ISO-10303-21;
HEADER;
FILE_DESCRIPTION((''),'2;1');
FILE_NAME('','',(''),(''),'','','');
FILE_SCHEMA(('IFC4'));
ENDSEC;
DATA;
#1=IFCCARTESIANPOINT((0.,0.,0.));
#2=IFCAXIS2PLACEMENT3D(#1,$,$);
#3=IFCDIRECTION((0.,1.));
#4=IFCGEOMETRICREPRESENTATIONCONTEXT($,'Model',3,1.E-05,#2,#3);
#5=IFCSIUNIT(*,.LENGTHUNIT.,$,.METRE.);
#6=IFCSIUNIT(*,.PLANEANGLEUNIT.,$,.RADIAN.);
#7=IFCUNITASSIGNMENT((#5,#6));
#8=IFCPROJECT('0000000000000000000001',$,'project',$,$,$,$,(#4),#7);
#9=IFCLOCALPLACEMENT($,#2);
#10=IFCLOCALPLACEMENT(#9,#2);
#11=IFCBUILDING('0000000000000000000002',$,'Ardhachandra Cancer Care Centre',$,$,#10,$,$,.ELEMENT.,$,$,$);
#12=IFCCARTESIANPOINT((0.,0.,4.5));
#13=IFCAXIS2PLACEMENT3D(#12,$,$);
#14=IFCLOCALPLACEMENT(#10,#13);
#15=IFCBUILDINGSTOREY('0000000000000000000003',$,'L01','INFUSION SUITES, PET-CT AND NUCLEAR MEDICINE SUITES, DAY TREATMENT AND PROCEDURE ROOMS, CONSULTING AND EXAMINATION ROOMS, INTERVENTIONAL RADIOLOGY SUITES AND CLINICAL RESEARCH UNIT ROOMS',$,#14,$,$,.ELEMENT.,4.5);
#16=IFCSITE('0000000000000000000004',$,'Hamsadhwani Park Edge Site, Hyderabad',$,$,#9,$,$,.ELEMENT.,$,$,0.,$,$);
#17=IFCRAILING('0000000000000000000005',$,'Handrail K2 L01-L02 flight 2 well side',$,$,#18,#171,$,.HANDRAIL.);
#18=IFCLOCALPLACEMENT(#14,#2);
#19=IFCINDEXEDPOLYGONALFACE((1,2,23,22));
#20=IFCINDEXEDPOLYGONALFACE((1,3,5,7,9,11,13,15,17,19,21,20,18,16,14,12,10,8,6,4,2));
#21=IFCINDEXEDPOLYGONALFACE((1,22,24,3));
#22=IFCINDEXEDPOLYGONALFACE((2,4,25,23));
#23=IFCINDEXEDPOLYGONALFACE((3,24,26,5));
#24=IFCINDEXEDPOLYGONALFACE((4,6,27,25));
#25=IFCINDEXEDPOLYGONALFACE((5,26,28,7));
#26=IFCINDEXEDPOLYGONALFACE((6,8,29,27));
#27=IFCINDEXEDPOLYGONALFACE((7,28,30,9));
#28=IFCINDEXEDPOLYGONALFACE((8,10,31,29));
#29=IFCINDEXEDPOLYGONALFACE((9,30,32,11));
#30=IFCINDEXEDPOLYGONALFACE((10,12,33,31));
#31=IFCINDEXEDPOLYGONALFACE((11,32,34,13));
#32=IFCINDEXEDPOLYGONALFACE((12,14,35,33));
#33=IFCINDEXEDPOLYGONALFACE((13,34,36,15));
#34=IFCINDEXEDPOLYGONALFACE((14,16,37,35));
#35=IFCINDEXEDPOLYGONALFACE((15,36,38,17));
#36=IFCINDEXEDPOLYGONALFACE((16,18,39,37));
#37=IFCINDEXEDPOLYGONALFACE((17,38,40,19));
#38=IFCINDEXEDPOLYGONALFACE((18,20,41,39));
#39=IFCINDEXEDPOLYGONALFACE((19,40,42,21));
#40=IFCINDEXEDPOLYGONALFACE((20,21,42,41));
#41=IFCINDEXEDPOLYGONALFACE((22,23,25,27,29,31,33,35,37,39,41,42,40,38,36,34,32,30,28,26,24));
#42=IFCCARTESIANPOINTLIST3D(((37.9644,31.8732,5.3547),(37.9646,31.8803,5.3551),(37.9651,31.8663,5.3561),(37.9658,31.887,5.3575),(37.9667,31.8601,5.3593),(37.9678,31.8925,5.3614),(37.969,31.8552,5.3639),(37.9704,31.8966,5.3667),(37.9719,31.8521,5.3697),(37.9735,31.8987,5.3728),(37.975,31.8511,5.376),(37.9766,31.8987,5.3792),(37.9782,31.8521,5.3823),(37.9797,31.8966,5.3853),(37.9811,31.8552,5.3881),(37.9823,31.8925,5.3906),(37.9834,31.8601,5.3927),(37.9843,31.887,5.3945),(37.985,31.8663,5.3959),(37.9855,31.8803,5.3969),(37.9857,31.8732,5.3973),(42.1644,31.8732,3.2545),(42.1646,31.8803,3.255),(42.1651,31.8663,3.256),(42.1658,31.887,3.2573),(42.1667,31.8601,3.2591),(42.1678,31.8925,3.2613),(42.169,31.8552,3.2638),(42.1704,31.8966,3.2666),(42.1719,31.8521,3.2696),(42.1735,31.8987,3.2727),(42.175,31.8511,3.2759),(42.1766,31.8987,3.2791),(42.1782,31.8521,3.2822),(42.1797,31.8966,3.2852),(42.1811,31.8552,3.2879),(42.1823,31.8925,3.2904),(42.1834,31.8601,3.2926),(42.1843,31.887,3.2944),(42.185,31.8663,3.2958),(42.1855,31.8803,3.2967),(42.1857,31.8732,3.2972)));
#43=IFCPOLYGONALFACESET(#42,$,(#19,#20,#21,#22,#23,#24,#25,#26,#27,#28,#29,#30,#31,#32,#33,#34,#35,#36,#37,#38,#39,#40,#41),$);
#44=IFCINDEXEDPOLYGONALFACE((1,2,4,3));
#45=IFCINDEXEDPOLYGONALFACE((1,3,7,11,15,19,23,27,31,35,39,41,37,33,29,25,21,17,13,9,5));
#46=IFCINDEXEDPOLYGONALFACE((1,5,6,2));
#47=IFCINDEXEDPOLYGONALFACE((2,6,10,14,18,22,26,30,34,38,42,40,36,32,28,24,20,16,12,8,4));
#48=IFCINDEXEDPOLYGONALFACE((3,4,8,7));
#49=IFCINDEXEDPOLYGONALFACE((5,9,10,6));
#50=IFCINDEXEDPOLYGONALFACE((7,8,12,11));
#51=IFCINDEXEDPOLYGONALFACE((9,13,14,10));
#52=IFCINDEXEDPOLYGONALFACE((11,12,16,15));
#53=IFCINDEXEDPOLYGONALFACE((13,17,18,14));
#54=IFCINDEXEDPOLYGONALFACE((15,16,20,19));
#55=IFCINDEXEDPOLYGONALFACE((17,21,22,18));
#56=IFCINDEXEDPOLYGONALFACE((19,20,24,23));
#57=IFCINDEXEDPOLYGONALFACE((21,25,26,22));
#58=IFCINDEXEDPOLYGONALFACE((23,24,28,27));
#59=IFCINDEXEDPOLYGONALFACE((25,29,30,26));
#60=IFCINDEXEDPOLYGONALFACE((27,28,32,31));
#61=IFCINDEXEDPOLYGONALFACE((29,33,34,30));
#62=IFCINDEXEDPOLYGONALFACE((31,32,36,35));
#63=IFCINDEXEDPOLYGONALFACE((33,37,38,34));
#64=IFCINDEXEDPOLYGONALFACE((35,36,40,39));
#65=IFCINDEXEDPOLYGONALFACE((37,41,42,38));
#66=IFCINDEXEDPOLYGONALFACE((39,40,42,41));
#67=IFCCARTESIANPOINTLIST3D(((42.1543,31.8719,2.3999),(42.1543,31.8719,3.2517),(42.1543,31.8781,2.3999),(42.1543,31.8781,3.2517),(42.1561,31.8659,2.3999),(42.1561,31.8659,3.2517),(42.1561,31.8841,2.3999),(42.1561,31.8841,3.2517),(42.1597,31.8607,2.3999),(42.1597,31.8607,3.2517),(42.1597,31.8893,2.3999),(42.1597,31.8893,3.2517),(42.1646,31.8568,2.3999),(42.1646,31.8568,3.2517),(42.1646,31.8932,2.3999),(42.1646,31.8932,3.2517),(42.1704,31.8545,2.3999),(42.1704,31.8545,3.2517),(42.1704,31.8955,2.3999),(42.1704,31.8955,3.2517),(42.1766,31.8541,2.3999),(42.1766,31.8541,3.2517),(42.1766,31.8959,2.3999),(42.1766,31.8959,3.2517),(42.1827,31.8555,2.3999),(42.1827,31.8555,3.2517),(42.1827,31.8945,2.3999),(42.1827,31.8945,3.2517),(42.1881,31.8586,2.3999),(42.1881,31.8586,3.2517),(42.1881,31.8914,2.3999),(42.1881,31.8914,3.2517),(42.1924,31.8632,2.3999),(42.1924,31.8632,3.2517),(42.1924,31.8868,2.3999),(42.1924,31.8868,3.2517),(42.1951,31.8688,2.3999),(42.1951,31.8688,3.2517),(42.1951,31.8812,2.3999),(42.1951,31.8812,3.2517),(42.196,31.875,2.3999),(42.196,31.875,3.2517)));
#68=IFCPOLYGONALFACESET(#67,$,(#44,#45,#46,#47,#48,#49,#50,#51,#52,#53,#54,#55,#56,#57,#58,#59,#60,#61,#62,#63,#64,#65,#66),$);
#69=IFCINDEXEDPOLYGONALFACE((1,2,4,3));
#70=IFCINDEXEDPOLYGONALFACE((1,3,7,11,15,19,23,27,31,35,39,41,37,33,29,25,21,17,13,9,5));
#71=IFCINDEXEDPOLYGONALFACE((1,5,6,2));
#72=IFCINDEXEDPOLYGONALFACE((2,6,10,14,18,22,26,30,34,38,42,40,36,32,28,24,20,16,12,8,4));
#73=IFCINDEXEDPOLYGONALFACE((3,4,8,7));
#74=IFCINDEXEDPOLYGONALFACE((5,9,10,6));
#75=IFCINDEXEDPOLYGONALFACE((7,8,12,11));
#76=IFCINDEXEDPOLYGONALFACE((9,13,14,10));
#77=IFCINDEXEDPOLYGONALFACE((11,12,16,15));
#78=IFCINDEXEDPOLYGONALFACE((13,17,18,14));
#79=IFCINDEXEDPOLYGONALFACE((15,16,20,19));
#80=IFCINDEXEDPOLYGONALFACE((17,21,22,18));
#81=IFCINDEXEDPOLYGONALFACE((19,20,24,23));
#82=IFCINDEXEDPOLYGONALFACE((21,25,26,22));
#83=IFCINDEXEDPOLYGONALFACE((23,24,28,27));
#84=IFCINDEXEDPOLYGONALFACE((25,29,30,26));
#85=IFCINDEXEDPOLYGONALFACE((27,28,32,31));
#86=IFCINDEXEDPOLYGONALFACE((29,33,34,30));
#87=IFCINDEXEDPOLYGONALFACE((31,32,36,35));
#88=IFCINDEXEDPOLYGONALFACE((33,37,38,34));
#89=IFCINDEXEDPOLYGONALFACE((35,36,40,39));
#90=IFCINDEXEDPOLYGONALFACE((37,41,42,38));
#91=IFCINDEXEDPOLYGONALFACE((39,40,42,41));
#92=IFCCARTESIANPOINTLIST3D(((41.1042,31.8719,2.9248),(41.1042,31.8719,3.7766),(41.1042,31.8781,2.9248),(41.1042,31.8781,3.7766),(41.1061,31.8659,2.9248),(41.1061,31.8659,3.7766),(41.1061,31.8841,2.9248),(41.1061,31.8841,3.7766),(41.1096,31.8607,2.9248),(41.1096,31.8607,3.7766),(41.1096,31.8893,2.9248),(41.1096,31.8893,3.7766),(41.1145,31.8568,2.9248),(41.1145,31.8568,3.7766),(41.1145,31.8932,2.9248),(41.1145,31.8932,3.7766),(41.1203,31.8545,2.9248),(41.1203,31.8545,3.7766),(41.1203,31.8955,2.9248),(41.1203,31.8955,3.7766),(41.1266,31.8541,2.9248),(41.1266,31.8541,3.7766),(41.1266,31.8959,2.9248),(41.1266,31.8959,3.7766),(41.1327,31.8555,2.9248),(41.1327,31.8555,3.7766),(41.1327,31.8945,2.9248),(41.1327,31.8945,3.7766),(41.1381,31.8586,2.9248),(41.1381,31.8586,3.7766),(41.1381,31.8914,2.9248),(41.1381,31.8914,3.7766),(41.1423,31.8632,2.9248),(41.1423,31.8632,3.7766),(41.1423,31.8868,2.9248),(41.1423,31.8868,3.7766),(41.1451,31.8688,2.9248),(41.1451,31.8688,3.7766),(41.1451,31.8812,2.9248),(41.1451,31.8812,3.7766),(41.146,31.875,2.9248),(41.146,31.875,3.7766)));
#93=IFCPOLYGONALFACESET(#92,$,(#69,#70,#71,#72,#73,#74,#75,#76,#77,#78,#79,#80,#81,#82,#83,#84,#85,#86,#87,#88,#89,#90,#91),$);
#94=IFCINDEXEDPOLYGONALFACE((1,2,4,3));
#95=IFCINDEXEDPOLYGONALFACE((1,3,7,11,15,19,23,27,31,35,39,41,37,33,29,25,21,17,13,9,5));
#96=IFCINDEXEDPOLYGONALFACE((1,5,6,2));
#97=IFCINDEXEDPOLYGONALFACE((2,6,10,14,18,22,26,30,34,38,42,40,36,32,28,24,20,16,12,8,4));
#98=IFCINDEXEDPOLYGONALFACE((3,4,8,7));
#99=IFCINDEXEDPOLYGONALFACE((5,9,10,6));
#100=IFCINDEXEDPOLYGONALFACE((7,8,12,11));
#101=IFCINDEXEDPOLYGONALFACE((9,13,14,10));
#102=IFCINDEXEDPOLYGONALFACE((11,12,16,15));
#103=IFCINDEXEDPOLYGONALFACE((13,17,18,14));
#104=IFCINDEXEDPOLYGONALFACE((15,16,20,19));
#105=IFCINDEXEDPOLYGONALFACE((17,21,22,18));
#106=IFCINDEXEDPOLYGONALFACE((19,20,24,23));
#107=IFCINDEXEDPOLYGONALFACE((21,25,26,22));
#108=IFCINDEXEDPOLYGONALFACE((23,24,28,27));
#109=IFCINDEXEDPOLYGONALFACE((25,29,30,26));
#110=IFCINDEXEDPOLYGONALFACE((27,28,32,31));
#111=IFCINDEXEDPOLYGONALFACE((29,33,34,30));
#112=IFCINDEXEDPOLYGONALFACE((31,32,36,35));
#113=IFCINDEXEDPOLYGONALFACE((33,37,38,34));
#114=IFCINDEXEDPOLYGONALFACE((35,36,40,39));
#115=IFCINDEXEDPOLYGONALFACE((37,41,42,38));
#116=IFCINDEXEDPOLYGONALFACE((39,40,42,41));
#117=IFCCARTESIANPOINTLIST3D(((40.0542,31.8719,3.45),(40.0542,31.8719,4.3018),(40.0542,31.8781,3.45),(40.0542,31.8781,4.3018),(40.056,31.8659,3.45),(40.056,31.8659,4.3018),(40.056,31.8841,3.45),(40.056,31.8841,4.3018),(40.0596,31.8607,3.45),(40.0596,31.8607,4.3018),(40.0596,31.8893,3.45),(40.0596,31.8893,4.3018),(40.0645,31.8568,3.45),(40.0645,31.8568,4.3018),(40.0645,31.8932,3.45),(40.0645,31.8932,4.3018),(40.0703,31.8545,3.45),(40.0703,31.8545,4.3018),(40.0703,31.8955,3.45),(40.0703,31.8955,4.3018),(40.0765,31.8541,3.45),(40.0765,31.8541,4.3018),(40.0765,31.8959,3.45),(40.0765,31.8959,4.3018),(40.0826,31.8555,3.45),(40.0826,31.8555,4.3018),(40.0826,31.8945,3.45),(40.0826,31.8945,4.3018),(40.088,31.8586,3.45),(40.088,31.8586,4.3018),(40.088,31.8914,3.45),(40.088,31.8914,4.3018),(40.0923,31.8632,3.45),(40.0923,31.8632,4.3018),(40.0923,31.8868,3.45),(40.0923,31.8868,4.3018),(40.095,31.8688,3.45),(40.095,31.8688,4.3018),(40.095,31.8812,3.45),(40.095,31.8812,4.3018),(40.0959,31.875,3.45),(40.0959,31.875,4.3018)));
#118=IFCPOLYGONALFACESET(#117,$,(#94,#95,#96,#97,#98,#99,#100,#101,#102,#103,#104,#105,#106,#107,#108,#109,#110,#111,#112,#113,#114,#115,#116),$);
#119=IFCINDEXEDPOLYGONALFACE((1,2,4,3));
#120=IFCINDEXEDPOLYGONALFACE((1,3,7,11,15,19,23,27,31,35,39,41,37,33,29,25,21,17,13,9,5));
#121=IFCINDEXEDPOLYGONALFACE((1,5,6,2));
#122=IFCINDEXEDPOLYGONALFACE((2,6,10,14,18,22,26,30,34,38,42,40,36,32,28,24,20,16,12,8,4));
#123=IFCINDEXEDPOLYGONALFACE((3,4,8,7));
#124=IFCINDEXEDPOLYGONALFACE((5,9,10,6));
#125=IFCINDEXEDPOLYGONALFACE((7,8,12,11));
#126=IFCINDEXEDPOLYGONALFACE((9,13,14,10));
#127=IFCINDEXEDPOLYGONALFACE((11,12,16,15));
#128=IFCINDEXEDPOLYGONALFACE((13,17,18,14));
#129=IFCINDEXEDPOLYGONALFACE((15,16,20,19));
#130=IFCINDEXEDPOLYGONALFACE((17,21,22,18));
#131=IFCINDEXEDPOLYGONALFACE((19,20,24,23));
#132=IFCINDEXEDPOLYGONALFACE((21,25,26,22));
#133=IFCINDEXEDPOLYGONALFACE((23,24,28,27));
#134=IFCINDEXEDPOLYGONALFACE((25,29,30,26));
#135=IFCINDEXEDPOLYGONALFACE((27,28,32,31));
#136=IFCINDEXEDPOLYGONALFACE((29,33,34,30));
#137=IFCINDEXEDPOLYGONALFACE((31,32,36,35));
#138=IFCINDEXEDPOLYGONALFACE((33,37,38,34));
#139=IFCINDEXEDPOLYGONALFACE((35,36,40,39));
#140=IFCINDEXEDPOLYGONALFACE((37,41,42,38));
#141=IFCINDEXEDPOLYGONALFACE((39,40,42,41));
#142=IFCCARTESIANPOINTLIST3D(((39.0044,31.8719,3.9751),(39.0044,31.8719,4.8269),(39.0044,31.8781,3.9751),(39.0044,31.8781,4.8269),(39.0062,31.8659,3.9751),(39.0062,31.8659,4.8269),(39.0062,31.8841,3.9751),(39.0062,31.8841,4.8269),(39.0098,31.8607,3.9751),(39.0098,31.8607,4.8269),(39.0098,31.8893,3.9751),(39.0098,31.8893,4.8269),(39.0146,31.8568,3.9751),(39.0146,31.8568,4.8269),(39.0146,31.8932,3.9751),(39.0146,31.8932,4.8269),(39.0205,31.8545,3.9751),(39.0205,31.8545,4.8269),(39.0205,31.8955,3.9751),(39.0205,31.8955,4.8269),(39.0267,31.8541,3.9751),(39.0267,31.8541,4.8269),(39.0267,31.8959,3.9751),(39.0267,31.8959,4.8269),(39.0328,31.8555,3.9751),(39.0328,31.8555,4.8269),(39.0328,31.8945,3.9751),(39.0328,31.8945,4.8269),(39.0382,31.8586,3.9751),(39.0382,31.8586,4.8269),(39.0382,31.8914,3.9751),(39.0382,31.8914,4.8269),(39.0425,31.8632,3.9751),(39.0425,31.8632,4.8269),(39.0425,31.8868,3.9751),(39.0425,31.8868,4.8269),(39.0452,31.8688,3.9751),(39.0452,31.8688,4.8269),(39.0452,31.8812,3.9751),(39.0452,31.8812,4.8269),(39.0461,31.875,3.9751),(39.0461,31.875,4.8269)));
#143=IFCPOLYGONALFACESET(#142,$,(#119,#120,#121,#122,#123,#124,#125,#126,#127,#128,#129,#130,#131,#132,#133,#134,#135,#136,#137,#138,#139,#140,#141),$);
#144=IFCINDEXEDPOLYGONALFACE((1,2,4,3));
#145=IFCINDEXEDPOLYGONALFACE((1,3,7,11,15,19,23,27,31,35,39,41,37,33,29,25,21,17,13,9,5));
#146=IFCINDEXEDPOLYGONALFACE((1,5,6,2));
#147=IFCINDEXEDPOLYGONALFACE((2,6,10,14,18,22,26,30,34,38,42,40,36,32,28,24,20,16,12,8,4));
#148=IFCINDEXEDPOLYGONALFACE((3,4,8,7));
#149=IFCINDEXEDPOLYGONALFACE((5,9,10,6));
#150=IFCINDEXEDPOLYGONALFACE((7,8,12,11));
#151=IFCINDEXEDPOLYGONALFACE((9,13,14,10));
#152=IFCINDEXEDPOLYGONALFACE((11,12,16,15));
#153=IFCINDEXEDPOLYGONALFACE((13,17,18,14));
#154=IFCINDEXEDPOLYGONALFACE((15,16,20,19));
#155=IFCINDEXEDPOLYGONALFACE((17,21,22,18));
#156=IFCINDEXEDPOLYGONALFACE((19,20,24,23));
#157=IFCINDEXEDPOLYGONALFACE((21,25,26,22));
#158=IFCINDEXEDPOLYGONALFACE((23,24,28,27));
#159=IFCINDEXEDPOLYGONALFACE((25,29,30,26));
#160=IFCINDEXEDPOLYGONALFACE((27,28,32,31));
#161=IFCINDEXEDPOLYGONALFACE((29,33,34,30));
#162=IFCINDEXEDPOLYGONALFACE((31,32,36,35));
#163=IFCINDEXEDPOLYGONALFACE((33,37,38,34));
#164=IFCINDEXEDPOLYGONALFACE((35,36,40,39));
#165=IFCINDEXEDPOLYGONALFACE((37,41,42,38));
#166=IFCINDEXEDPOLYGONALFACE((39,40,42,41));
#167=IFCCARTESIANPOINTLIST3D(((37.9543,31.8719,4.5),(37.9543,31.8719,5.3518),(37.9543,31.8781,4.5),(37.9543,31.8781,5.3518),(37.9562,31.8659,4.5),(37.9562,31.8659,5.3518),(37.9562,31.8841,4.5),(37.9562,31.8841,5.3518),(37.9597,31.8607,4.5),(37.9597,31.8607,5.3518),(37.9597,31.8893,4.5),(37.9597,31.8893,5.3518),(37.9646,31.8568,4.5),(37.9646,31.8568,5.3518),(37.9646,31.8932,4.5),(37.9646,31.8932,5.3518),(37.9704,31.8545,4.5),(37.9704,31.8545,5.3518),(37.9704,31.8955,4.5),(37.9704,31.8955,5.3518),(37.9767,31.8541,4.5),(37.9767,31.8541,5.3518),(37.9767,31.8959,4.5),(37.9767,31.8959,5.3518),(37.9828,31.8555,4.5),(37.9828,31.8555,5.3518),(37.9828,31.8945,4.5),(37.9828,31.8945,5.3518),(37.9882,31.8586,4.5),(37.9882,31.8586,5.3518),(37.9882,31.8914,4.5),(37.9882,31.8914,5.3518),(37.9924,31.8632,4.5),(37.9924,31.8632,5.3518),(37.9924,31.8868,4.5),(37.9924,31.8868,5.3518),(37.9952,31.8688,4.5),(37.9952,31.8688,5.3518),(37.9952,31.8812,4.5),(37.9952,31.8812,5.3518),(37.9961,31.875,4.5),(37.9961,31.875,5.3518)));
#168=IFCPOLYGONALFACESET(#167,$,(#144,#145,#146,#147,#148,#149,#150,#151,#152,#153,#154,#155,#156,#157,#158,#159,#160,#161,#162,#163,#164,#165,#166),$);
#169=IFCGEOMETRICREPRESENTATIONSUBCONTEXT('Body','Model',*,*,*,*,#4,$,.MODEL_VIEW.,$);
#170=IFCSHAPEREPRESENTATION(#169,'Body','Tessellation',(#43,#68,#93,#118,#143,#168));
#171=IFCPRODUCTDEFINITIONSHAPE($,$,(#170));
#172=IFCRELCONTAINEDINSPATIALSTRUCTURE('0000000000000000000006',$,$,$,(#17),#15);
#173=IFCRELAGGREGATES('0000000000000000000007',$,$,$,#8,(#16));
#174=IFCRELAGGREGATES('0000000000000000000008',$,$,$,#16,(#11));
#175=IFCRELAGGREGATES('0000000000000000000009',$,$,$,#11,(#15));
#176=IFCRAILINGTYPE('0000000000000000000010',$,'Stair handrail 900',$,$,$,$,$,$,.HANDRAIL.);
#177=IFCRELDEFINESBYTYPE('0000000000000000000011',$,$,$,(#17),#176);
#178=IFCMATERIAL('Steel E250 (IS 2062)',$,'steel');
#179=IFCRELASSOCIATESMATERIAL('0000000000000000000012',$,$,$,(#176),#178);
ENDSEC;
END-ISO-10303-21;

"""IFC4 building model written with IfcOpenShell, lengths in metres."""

from ifc_helpers import new_model, si_unit, direction, frame, origin, origin_2d, place, context, subcontext, project, spatial, circle, extrude, material, type_object, element, save


model = new_model("IFC4")

# Units and contexts
model_context = context("Model", 3, precision=1e-05, world=origin(), true_north=direction((0.0, 1.0)))
body_context = subcontext(model_context, "Body", "Model", "MODEL_VIEW")
ifc_project = project(units=[si_unit("LENGTHUNIT", "METRE"), si_unit("PLANEANGLEUNIT", "RADIAN")], contexts=[model_context])

# Site, building, storey
site_placement = place(None, origin())
site = spatial("IfcSite", under=ifc_project, at=site_placement, Name="Hamsadhwani Park Edge Site, Hyderabad", CompositionType="ELEMENT", RefElevation=0.0)
building_placement = place(site_placement, origin())
building = spatial("IfcBuilding", under=site, at=building_placement, Name="Ardhachandra Cancer Care Centre", CompositionType="ELEMENT")
storey_placement = place(building_placement, frame((0.0, 0.0, 4.5)))
storey = spatial("IfcBuildingStorey", under=building, at=storey_placement, Name="L01", Description="INFUSION SUITES, PET-CT AND NUCLEAR MEDICINE SUITES, DAY TREATMENT AND PROCEDURE ROOMS, CONSULTING AND EXAMINATION ROOMS, INTERVENTIONAL RADIOLOGY SUITES AND CLINICAL RESEARCH UNIT ROOMS", CompositionType="ELEMENT", Elevation=4.5)

# Railing
ifc_material_1 = material(Name="Steel E250 (IS 2062)", Category="steel")
railing_type = type_object("IfcRailingType", Name="Stair handrail 900", PredefinedType="HANDRAIL", material=ifc_material_1)
for number, where, name in (
    (1, (42.175, 31.875, 2.3999), "Handrail K2 L01-L02 flight 2 well side"),
):
    element("IfcRailing", number, at=place(storey_placement, frame(where)), inside=storey, type_object=railing_type, Name=name, PredefinedType="HANDRAIL", context=body_context, shape_type="SweptSolid", body=[
        extrude(circle(Radius=0.0239, at=origin_2d()), frame((0.0, 0.0, 0.876), z_axis=(-0.894417, 0.0, 0.447234), x_axis=(0.0, -1.0, 0.0)), (0.0, 0.0, 1.0), 4.6958),
        extrude(circle(Radius=0.021, at=origin_2d()), origin(), (0.0, 0.0, 1.0), 0.8518),
        extrude(circle(Radius=0.021, at=origin_2d()), frame((-1.05, 0.0, 0.5249)), (0.0, 0.0, 1.0), 0.8518),
        extrude(circle(Radius=0.021, at=origin_2d()), frame((-2.1001, 0.0, 1.05)), (0.0, 0.0, 1.0), 0.8518),
        extrude(circle(Radius=0.021, at=origin_2d()), frame((-3.1499, 0.0, 1.5752)), (0.0, 0.0, 1.0), 0.8518),
        extrude(circle(Radius=0.021, at=origin_2d()), frame((-4.2, 0.0, 2.1001)), (0.0, 0.0, 1.0), 0.8518),
    ])

save(model, "model.ifc")
